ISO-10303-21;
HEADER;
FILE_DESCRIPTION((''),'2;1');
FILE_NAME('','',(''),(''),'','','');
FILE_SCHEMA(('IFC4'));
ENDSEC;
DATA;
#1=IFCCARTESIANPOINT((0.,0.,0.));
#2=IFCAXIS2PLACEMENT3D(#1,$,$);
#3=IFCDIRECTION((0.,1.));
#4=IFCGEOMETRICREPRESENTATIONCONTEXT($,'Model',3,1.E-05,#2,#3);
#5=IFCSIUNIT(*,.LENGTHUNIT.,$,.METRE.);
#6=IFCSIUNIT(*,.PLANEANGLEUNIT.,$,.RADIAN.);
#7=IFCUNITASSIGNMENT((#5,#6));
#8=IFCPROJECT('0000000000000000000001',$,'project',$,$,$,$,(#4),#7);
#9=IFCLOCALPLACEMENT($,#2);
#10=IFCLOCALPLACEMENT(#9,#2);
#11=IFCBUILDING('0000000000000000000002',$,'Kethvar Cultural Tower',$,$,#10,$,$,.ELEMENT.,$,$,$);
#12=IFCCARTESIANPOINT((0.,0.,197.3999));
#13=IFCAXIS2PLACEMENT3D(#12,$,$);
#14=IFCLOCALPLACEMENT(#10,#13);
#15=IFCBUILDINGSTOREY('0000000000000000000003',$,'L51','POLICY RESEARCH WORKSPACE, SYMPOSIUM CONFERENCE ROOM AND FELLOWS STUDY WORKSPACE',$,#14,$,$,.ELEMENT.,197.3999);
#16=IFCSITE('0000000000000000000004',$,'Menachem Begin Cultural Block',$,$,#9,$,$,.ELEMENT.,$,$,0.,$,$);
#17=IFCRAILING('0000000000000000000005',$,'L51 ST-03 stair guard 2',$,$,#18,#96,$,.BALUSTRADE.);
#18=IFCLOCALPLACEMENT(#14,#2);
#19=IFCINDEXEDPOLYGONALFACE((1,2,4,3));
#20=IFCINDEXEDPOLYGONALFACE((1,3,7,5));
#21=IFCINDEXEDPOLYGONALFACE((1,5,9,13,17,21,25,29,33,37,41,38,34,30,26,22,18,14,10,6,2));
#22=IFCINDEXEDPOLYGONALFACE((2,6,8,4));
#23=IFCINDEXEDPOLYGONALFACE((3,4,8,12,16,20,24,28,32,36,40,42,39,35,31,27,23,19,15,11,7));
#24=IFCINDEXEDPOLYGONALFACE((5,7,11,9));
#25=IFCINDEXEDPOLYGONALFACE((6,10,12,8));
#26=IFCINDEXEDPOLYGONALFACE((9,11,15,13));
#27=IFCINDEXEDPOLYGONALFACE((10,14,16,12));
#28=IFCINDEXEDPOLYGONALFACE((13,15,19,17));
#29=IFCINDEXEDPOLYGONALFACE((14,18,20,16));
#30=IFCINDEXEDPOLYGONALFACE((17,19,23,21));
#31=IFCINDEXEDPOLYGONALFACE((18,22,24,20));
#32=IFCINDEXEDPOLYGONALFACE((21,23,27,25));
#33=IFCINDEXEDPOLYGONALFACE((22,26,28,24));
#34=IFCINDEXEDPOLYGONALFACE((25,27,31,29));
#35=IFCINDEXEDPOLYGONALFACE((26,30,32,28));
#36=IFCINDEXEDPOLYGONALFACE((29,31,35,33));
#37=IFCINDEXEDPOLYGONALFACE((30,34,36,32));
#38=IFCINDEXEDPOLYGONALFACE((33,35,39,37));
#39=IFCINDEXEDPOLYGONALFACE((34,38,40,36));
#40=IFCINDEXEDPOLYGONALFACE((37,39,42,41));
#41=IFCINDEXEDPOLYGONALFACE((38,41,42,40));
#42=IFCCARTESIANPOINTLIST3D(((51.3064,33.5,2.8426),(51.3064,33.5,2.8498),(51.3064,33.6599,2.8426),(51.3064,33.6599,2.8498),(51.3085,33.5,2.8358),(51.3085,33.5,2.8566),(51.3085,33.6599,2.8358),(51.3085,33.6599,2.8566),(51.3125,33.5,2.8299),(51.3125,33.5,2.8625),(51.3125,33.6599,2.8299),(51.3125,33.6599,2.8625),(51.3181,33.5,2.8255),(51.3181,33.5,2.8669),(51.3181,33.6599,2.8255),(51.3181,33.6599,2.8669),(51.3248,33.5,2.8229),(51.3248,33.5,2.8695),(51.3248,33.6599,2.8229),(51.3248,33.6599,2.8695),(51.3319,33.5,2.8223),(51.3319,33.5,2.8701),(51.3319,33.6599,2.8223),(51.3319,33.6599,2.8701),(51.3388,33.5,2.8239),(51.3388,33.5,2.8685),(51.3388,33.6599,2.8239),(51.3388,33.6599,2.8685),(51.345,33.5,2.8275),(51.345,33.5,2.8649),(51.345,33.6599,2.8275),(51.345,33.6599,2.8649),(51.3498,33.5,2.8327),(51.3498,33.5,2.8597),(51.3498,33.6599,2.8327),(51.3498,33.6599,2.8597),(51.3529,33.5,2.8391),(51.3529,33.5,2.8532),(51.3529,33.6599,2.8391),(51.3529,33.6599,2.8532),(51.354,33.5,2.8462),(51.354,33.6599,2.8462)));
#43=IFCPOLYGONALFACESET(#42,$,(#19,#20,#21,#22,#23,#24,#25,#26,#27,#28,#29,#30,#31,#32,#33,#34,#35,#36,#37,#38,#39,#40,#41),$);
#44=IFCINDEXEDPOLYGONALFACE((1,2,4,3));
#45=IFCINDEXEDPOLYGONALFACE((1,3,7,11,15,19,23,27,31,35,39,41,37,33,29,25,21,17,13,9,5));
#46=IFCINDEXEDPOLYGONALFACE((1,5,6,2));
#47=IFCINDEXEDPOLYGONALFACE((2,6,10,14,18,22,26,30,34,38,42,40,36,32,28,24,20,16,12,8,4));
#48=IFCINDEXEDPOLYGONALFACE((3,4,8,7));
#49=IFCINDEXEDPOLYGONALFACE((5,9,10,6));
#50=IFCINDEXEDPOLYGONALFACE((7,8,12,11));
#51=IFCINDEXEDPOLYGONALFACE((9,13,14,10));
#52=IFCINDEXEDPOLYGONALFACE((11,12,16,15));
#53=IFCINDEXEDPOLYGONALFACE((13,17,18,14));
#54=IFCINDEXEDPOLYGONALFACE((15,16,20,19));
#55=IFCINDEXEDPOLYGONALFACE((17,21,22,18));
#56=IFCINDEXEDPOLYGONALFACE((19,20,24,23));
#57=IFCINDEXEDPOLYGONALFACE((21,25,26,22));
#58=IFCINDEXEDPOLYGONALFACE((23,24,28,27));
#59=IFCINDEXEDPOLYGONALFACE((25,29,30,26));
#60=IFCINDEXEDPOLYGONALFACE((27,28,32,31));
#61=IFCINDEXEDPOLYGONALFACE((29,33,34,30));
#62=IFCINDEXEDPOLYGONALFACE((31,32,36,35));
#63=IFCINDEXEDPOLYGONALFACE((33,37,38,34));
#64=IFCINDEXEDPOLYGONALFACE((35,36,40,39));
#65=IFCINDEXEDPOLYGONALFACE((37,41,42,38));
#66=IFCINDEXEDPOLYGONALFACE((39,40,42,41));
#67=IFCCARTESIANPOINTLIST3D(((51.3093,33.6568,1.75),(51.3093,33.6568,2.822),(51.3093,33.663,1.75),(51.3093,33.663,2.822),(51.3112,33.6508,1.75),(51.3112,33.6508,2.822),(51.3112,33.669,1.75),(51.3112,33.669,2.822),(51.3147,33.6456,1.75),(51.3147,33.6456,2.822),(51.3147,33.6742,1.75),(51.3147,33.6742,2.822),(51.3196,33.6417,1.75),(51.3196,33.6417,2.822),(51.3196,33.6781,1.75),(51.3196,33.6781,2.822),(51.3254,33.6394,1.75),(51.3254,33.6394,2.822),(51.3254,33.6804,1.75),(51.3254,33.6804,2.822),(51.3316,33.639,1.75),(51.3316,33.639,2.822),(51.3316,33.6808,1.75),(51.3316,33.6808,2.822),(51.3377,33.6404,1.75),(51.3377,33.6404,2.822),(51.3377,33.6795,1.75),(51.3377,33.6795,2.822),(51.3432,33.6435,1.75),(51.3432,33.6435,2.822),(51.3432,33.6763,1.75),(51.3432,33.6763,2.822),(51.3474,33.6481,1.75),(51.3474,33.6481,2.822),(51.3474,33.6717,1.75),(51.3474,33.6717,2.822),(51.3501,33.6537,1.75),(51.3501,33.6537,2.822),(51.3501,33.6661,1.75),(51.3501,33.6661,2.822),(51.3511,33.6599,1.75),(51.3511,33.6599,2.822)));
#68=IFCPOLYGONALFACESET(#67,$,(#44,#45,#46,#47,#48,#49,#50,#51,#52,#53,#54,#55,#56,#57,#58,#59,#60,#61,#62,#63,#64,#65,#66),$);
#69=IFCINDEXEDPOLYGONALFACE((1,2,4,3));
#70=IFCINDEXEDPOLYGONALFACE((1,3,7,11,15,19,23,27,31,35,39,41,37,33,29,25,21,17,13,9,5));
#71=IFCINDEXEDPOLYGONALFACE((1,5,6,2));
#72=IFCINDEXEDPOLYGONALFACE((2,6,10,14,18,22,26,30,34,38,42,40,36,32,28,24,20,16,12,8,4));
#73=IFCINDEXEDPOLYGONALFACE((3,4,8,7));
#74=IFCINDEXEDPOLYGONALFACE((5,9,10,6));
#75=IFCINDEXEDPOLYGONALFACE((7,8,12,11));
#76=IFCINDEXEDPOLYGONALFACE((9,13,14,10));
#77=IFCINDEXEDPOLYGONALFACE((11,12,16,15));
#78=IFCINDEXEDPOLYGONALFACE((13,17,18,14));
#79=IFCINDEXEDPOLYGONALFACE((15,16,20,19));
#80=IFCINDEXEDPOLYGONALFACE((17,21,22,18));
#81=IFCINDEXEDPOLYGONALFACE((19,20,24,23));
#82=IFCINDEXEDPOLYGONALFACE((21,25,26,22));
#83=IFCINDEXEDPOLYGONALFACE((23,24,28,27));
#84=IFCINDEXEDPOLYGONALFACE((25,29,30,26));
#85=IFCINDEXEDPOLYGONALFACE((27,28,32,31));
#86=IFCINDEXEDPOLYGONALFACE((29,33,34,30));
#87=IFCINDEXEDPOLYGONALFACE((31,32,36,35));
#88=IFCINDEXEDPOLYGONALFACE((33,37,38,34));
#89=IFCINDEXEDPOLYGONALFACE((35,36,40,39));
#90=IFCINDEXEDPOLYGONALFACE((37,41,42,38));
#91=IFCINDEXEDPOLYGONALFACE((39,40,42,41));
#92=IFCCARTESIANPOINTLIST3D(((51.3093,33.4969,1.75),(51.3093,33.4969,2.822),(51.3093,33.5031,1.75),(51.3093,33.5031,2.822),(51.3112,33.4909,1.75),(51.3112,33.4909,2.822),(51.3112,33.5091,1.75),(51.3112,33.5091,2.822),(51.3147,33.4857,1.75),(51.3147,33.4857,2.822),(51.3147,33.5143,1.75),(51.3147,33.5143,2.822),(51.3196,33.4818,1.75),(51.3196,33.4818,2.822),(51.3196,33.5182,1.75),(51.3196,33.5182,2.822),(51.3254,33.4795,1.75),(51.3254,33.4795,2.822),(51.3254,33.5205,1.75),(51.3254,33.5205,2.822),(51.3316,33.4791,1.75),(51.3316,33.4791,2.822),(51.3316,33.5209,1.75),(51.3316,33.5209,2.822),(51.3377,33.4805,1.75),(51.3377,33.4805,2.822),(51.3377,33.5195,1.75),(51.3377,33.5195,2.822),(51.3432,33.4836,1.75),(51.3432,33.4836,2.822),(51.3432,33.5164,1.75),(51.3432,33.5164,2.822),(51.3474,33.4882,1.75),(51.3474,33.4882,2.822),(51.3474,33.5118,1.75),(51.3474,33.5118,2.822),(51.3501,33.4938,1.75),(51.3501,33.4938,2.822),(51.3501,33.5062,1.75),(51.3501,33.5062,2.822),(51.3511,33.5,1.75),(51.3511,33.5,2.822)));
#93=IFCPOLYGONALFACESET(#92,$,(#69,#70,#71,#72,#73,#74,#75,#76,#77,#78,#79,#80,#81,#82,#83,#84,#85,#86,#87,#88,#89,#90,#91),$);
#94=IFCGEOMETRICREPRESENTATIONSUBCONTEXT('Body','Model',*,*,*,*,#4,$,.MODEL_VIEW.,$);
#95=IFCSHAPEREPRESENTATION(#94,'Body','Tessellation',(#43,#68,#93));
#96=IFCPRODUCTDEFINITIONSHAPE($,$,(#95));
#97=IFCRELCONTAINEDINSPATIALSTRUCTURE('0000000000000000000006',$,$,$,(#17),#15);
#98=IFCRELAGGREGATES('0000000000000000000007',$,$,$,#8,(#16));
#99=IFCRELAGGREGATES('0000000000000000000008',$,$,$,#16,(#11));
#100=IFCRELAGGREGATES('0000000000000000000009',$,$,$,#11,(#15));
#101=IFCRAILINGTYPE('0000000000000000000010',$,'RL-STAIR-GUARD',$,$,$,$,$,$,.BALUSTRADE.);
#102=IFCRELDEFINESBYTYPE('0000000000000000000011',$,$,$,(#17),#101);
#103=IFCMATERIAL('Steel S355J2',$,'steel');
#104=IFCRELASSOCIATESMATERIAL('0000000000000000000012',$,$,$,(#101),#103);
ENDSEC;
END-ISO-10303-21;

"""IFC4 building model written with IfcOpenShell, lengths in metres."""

from ifc_helpers import new_model, si_unit, direction, frame, origin, origin_2d, place, context, subcontext, project, spatial, circle, extrude, material, type_object, element, save


model = new_model("IFC4")

# Units and contexts
model_context = context("Model", 3, precision=1e-05, world=origin(), true_north=direction((0.0, 1.0)))
body_context = subcontext(model_context, "Body", "Model", "MODEL_VIEW")
ifc_project = project(units=[si_unit("LENGTHUNIT", "METRE"), si_unit("PLANEANGLEUNIT", "RADIAN")], contexts=[model_context])

# Site, building, storey
site_placement = place(None, origin())
site = spatial("IfcSite", under=ifc_project, at=site_placement, Name="Menachem Begin Cultural Block", CompositionType="ELEMENT", RefElevation=0.0)
building_placement = place(site_placement, origin())
building = spatial("IfcBuilding", under=site, at=building_placement, Name="Kethvar Cultural Tower", CompositionType="ELEMENT")
storey_placement = place(building_placement, frame((0.0, 0.0, 197.3999)))
storey = spatial("IfcBuildingStorey", under=building, at=storey_placement, Name="L51", Description="POLICY RESEARCH WORKSPACE, SYMPOSIUM CONFERENCE ROOM AND FELLOWS STUDY WORKSPACE", CompositionType="ELEMENT", Elevation=197.3999)

# Shared definitions
ifc_material_1 = material(Name="Steel S355J2", Category="steel")

# Railing
railing_type_1 = type_object("IfcRailingType", Name="RL-STAIR-GUARD", PredefinedType="BALUSTRADE", material=ifc_material_1)
railing_1_placement = place(storey_placement, frame((51.3301, 33.6599, 1.75)))
element("IfcRailing", 1, at=railing_1_placement, inside=storey, type_object=railing_type_1, Name="L51 ST-03 stair guard 2", PredefinedType="BALUSTRADE", context=body_context, shape_type="SweptSolid", body=[
    extrude(circle(Radius=0.0239, at=origin_2d()), frame((0.0, 0.0, 1.0962), z_axis=(0.0, -1.0, 0.0), x_axis=(1.0, 0.0, 0.0)), (0.0, 0.0, 1.0), 0.1599),
    extrude(circle(Radius=0.021, at=origin_2d()), origin(), (0.0, 0.0, 1.0), 1.072),
    extrude(circle(Radius=0.021, at=origin_2d()), frame((0.0, -0.1599, 0.0)), (0.0, 0.0, 1.0), 1.072),
])

save(model, "model.ifc")
